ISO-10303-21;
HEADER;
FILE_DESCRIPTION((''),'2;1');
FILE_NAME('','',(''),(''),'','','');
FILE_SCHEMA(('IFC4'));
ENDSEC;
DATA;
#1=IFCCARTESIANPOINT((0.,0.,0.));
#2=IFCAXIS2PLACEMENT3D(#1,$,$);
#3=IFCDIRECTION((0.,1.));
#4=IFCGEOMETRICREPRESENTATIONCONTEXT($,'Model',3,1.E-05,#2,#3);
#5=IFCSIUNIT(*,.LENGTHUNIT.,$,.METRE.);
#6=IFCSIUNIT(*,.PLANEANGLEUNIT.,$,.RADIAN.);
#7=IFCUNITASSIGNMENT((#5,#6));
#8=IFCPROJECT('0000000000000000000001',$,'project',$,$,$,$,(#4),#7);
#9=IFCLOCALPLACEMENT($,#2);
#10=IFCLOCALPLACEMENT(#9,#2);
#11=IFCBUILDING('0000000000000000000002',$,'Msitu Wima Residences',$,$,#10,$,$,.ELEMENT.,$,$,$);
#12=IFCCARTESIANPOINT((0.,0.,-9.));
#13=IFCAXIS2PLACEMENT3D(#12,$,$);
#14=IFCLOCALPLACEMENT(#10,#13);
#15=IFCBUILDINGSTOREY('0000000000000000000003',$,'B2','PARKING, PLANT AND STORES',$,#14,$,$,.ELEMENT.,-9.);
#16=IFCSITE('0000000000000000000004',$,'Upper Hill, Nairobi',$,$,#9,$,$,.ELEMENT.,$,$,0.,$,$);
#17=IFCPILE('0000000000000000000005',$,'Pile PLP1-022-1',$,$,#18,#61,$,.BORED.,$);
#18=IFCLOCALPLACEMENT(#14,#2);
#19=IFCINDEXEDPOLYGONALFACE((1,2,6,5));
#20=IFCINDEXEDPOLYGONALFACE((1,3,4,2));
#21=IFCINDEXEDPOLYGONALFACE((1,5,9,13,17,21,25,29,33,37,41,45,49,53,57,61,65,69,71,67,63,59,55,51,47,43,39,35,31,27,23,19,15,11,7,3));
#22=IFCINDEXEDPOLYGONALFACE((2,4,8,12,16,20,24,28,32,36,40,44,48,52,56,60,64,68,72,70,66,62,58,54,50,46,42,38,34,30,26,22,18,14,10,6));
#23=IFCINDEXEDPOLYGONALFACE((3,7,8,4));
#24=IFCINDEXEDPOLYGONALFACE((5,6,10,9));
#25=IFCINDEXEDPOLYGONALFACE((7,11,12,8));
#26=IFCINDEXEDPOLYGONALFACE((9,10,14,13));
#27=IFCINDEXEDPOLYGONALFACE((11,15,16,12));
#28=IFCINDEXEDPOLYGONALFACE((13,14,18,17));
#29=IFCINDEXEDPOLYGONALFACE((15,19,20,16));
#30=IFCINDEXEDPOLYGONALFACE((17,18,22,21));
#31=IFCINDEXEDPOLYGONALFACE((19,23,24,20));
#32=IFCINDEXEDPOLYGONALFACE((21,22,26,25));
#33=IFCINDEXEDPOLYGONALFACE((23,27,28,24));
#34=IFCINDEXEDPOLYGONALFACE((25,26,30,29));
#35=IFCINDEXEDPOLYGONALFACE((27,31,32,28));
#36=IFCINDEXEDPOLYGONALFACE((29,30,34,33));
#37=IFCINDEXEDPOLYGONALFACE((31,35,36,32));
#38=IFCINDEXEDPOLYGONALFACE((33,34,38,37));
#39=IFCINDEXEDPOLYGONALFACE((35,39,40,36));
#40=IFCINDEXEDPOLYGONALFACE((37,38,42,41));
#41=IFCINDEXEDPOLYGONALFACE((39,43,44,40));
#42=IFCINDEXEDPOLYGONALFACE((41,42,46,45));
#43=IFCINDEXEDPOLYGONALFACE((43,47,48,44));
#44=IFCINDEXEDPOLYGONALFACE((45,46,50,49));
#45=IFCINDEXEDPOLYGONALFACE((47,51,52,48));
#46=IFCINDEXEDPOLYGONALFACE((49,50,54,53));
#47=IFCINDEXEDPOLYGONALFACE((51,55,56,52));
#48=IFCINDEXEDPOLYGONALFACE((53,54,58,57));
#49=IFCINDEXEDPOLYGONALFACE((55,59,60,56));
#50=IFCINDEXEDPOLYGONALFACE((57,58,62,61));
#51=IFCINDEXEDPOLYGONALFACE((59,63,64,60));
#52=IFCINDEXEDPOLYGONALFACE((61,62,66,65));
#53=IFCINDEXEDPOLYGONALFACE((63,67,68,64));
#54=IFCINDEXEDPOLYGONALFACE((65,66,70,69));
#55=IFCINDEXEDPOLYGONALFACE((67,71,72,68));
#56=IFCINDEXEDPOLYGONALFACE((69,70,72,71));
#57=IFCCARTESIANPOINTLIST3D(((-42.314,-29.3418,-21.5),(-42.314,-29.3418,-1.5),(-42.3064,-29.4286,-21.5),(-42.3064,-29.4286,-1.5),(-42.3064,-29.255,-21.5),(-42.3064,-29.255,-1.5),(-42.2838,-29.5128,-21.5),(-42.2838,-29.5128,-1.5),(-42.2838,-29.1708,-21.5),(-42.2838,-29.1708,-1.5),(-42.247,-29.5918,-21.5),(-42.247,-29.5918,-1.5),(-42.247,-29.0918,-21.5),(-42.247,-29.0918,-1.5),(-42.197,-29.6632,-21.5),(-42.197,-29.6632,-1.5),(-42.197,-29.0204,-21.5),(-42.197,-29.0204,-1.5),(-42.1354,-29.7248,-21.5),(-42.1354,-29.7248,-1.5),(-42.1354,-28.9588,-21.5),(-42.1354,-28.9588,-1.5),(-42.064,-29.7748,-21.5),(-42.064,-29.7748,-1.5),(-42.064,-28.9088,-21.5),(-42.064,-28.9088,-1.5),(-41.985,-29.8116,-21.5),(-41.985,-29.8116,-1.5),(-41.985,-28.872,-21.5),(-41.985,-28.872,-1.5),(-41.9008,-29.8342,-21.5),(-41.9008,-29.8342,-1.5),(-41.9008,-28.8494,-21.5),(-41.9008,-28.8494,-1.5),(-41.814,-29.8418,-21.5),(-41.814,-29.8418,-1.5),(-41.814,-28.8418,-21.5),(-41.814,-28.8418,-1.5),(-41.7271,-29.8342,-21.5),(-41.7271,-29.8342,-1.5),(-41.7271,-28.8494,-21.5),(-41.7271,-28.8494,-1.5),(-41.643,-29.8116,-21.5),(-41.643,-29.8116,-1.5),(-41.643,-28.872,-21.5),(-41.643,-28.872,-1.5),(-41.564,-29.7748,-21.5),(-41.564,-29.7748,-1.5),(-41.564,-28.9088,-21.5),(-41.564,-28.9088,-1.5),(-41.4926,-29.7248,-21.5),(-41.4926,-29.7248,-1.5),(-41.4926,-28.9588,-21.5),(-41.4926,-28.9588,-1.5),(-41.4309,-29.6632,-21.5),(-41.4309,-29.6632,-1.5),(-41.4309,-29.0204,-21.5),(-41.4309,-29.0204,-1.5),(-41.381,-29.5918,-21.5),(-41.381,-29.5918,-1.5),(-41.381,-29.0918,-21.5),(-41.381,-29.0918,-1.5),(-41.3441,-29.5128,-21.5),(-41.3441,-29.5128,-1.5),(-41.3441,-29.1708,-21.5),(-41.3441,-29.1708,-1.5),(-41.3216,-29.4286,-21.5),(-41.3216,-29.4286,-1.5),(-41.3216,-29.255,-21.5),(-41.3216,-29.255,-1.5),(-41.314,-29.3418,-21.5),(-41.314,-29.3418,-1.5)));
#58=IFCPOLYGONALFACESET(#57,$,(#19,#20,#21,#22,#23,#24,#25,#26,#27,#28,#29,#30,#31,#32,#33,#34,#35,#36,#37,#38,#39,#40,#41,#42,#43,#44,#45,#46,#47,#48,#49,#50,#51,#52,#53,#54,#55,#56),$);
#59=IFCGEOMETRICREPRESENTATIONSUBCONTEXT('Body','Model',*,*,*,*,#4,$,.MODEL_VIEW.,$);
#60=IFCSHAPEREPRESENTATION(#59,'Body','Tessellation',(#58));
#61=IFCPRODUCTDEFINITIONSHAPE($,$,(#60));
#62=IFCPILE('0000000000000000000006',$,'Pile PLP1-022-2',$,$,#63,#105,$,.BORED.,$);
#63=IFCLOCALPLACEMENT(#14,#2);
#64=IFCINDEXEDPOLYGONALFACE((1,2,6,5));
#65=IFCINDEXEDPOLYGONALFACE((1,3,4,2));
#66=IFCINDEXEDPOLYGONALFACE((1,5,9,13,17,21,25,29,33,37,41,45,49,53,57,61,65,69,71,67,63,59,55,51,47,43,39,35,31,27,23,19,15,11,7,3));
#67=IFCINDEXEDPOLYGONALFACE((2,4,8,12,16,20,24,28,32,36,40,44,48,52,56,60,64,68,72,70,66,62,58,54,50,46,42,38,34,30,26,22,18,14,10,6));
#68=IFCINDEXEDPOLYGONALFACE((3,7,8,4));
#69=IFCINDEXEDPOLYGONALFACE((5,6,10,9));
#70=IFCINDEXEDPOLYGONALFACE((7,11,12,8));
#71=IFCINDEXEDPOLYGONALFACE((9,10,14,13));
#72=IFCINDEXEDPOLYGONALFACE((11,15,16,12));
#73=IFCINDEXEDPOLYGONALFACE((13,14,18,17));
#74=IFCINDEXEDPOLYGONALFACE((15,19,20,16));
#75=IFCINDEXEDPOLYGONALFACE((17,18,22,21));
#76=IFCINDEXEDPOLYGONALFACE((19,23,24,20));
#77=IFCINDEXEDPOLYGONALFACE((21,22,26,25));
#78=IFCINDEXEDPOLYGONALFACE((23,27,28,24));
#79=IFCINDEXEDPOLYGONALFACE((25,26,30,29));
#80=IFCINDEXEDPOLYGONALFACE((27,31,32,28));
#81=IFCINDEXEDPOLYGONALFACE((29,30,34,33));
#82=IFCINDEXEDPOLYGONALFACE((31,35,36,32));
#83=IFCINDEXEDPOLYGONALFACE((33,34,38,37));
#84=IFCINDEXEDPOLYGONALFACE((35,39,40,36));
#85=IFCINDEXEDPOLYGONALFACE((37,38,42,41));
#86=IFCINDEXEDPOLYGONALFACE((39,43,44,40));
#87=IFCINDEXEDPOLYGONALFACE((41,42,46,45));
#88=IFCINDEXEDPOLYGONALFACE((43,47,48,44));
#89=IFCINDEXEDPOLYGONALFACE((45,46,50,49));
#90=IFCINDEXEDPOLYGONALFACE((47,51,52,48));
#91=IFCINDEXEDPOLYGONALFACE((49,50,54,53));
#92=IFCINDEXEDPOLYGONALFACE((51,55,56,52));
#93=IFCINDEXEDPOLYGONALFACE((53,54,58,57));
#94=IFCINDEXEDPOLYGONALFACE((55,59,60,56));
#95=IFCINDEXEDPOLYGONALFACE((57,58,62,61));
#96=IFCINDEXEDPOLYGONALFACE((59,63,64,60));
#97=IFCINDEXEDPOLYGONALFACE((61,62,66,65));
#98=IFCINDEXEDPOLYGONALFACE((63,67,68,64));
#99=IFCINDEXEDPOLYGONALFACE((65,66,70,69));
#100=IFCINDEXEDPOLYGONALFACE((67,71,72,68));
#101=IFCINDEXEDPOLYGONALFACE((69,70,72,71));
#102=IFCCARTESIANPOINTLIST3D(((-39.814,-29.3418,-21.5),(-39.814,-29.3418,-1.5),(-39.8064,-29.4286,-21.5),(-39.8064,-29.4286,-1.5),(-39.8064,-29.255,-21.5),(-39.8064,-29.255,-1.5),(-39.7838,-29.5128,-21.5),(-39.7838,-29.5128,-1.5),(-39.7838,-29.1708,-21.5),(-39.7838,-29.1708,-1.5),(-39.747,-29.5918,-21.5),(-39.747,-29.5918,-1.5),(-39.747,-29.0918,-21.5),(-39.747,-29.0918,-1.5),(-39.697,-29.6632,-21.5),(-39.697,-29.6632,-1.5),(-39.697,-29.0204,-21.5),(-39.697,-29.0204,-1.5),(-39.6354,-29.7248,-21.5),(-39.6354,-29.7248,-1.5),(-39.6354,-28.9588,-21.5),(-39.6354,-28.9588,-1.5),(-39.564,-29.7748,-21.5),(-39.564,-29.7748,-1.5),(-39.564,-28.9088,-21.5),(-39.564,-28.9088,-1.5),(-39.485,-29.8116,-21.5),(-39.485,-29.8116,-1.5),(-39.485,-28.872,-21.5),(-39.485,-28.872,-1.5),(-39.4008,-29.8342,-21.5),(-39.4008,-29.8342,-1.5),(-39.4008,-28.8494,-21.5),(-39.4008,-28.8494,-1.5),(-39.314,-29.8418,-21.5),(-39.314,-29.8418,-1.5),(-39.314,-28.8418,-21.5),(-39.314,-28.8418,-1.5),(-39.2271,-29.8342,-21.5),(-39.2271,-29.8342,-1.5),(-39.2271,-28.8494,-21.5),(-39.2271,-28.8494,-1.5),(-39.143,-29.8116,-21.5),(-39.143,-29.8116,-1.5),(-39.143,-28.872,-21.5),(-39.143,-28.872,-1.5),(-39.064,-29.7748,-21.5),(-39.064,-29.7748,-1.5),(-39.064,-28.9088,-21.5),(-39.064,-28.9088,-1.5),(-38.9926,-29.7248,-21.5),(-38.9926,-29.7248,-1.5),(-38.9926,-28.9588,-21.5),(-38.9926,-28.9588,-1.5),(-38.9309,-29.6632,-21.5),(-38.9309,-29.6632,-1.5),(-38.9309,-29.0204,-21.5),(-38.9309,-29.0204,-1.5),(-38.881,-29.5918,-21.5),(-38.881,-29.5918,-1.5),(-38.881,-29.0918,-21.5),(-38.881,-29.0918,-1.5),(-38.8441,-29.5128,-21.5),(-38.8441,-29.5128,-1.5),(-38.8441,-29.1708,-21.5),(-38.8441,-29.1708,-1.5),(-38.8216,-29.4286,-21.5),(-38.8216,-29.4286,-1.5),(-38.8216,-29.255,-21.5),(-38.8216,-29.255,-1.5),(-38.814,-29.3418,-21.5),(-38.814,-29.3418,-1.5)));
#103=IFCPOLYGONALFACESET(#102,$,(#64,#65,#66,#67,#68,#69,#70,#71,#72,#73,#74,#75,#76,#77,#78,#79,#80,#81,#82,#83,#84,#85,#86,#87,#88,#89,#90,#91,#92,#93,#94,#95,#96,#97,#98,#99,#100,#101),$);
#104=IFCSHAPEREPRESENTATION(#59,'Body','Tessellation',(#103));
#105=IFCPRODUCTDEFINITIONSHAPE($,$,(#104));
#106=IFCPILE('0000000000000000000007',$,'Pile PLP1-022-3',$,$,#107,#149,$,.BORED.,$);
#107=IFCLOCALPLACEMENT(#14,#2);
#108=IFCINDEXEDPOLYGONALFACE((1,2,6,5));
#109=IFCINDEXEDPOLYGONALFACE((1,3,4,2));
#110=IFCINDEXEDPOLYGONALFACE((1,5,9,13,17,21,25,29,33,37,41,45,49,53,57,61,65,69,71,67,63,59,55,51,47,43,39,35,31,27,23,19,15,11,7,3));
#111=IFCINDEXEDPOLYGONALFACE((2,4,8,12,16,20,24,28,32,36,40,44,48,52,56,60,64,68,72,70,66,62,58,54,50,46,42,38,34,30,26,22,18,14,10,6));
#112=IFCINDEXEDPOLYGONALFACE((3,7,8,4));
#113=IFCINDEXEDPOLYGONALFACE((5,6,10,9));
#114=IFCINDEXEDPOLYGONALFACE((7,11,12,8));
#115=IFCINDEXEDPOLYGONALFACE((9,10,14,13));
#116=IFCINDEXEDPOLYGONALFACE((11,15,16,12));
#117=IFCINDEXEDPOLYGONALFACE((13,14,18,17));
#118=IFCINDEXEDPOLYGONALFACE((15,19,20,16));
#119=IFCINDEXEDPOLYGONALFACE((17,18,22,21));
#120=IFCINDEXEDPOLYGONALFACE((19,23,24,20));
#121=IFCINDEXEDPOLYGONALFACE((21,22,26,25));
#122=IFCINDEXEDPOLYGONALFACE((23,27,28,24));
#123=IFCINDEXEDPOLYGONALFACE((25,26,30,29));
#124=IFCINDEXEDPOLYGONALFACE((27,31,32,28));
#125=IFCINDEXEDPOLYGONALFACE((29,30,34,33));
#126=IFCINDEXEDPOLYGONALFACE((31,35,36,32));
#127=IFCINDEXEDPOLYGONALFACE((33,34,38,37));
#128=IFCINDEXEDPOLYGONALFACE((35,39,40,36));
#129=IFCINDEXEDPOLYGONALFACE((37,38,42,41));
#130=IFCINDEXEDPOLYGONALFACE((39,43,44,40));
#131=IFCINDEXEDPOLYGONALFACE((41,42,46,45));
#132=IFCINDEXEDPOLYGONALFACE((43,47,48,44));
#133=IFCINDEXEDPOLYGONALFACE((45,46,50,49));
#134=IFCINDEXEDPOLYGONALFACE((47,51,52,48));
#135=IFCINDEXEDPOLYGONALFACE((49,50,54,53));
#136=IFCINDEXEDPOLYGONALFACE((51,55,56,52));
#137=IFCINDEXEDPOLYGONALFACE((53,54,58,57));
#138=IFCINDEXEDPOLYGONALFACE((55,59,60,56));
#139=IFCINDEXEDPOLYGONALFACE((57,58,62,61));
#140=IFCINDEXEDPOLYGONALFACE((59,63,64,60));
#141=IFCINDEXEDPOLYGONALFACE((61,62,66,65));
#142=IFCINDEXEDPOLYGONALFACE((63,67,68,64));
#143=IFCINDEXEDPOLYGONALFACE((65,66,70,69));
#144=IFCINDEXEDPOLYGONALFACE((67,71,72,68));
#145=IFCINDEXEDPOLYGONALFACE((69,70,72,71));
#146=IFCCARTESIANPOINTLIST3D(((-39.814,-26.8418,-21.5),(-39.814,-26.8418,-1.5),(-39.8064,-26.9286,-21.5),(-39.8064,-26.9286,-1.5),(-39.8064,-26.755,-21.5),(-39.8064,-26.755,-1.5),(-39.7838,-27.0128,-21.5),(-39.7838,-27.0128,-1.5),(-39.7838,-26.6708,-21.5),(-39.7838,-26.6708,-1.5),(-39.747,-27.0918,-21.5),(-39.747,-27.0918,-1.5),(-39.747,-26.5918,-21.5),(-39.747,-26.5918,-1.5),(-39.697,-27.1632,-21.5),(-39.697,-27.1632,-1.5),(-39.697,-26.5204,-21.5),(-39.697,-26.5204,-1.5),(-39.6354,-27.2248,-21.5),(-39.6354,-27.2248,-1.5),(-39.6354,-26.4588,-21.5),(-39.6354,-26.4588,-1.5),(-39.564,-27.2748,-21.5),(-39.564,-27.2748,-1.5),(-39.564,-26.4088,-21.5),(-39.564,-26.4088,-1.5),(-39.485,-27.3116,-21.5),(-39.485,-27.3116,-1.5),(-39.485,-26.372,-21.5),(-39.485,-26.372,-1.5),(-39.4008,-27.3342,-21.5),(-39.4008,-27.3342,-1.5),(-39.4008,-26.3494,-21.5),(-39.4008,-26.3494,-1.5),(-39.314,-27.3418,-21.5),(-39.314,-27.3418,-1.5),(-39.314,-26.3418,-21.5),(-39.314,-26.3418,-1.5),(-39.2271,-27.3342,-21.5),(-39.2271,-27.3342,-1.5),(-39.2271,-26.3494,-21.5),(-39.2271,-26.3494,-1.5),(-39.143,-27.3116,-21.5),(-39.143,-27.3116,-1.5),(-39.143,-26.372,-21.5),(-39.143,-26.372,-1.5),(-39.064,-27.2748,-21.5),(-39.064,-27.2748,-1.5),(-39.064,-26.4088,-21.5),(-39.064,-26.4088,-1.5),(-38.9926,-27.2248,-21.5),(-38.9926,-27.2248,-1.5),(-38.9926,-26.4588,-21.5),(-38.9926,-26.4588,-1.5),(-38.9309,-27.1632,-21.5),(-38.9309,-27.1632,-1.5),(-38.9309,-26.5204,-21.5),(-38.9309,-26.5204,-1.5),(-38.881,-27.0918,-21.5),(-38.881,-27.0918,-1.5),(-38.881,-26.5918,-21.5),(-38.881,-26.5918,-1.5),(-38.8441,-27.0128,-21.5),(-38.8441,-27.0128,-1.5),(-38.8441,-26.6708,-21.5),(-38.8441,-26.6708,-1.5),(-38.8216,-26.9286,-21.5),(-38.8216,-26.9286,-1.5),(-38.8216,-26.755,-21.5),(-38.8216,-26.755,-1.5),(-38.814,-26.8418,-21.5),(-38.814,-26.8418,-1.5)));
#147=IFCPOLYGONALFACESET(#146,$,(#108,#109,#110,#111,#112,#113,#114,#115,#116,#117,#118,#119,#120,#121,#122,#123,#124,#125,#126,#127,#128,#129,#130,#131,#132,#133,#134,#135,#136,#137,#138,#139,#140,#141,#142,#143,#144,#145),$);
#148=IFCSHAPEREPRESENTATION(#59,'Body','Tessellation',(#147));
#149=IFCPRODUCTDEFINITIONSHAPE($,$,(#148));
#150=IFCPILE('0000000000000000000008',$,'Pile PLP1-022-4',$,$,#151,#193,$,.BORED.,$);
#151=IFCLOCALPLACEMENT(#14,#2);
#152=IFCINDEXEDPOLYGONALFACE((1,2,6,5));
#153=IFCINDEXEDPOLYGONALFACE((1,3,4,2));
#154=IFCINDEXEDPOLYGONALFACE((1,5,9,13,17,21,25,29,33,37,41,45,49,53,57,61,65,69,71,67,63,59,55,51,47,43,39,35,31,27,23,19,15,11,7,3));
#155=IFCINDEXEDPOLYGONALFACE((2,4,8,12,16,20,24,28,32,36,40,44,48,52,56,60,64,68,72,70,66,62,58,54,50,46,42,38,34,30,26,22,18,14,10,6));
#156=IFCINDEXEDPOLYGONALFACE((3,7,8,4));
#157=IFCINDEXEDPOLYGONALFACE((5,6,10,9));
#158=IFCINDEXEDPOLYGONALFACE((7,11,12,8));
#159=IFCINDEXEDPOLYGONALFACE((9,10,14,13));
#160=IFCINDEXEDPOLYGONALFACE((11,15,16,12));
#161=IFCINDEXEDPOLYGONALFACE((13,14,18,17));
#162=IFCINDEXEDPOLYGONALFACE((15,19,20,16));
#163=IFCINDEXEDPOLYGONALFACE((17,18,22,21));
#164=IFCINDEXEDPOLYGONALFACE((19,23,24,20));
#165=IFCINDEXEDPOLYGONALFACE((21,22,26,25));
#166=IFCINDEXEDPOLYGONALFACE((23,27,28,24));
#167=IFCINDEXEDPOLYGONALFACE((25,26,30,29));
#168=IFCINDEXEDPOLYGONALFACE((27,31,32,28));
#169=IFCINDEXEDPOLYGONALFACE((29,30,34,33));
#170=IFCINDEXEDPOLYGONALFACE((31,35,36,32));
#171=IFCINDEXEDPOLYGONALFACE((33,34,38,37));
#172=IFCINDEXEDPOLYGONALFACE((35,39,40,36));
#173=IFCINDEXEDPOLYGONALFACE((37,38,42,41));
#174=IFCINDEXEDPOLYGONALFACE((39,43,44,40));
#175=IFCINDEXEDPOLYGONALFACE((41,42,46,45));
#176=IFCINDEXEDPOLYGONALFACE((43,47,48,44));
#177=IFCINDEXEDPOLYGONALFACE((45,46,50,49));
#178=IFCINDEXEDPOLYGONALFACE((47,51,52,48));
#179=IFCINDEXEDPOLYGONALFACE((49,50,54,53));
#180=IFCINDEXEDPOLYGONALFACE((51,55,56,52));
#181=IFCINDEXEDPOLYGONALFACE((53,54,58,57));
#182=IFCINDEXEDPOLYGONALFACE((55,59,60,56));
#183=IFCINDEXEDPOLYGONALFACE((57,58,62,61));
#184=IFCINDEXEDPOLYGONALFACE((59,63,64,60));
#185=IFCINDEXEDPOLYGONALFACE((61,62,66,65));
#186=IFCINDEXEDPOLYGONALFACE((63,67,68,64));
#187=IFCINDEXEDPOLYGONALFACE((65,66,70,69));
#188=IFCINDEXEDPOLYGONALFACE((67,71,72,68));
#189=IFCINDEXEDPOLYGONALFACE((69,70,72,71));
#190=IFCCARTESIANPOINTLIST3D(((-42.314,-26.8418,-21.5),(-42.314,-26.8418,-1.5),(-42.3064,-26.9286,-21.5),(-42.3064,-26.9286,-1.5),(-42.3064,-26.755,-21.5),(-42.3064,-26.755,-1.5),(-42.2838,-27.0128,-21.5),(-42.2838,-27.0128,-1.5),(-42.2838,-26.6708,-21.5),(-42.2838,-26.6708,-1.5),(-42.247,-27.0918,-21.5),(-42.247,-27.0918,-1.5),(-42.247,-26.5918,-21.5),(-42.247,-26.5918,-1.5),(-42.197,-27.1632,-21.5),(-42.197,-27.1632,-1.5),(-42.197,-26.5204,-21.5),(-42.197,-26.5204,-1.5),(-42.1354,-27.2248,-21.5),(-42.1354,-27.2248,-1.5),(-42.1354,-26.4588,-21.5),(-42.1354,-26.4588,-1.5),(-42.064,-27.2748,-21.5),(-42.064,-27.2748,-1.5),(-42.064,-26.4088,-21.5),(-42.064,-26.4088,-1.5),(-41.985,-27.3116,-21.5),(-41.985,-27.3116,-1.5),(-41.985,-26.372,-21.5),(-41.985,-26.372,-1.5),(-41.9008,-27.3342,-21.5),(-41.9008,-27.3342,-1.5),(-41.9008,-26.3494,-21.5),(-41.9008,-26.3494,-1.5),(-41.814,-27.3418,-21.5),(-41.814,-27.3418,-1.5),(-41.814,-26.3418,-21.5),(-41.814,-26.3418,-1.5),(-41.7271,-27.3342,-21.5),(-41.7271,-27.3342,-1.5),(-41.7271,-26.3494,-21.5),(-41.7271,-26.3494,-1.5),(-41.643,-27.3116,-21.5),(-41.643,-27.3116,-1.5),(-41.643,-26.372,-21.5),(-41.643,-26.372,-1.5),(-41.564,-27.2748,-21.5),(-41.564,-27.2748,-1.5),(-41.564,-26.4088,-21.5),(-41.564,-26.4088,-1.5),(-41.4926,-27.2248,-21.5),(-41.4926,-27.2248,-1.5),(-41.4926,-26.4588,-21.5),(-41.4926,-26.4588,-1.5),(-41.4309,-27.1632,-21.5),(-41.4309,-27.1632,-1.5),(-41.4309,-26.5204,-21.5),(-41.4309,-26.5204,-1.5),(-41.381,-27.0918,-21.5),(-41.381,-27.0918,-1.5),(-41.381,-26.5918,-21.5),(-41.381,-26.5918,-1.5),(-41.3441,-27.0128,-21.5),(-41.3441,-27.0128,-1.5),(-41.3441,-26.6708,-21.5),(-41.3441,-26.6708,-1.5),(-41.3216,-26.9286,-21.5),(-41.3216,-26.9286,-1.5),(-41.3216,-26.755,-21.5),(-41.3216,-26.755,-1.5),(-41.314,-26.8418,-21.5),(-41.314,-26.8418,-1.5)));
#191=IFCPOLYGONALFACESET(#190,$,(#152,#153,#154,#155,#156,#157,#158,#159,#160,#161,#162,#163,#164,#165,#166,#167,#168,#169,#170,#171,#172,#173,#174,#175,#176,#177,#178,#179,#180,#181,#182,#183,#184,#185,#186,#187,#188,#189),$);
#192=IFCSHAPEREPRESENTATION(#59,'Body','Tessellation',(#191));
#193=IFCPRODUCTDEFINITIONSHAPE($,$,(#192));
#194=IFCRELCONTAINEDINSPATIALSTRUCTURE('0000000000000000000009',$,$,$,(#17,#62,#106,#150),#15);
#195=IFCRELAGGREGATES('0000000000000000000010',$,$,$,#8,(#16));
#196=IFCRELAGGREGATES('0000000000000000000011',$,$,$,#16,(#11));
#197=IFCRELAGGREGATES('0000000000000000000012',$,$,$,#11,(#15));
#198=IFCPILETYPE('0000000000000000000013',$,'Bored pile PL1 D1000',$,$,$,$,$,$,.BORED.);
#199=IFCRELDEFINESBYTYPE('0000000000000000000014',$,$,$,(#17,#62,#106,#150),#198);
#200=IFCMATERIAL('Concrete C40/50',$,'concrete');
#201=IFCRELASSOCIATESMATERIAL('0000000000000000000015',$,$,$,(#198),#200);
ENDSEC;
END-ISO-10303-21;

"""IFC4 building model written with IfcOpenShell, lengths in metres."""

from ifc_helpers import new_model, si_unit, direction, frame, origin, origin_2d, place, context, subcontext, project, spatial, circle, extrude, material, type_object, element, save


model = new_model("IFC4")

# Units and contexts
model_context = context("Model", 3, precision=1e-05, world=origin(), true_north=direction((0.0, 1.0)))
body_context = subcontext(model_context, "Body", "Model", "MODEL_VIEW")
ifc_project = project(units=[si_unit("LENGTHUNIT", "METRE"), si_unit("PLANEANGLEUNIT", "RADIAN")], contexts=[model_context])

# Site, building, storey
site_placement = place(None, origin())
site = spatial("IfcSite", under=ifc_project, at=site_placement, Name="Upper Hill, Nairobi", CompositionType="ELEMENT", RefElevation=0.0)
building_placement = place(site_placement, origin())
building = spatial("IfcBuilding", under=site, at=building_placement, Name="Msitu Wima Residences", CompositionType="ELEMENT")
storey_placement = place(building_placement, frame((0.0, 0.0, -9.0)))
storey = spatial("IfcBuildingStorey", under=building, at=storey_placement, Name="B2", Description="PARKING, PLANT AND STORES", CompositionType="ELEMENT", Elevation=-9.0)

# Piles
ifc_material_1 = material(Name="Concrete C40/50", Category="concrete")
pile_type = type_object("IfcPileType", Name="Bored pile PL1 D1000", PredefinedType="BORED", material=ifc_material_1)
for number, where, z_axis, x_axis, name in (
    (1, (-41.814, -29.3418, -1.5), (0.0, 0.0, -1.0), (1.0, 0.0, 0.0), "Pile PLP1-022-1"),
    (2, (-39.314, -29.3418, -1.5), (0.0, 0.0, -1.0), (1.0, 0.0, 0.0), "Pile PLP1-022-2"),
    (3, (-39.314, -26.8418, -1.5), (0.0, 0.0, -1.0), (1.0, 0.0, 0.0), "Pile PLP1-022-3"),
    (4, (-41.814, -26.8418, -1.5), (0.0, 0.0, -1.0), (1.0, 0.0, 0.0), "Pile PLP1-022-4"),
):
    element("IfcPile", number, at=place(storey_placement, frame(where, z_axis=z_axis, x_axis=x_axis)), inside=storey, type_object=pile_type, Name=name, PredefinedType="BORED", context=body_context, shape_type="SweptSolid", body=[
        extrude(circle(Radius=0.5, at=origin_2d()), origin(), (0.0, 0.0, 1.0), 20.0),
    ])

save(model, "model.ifc")
